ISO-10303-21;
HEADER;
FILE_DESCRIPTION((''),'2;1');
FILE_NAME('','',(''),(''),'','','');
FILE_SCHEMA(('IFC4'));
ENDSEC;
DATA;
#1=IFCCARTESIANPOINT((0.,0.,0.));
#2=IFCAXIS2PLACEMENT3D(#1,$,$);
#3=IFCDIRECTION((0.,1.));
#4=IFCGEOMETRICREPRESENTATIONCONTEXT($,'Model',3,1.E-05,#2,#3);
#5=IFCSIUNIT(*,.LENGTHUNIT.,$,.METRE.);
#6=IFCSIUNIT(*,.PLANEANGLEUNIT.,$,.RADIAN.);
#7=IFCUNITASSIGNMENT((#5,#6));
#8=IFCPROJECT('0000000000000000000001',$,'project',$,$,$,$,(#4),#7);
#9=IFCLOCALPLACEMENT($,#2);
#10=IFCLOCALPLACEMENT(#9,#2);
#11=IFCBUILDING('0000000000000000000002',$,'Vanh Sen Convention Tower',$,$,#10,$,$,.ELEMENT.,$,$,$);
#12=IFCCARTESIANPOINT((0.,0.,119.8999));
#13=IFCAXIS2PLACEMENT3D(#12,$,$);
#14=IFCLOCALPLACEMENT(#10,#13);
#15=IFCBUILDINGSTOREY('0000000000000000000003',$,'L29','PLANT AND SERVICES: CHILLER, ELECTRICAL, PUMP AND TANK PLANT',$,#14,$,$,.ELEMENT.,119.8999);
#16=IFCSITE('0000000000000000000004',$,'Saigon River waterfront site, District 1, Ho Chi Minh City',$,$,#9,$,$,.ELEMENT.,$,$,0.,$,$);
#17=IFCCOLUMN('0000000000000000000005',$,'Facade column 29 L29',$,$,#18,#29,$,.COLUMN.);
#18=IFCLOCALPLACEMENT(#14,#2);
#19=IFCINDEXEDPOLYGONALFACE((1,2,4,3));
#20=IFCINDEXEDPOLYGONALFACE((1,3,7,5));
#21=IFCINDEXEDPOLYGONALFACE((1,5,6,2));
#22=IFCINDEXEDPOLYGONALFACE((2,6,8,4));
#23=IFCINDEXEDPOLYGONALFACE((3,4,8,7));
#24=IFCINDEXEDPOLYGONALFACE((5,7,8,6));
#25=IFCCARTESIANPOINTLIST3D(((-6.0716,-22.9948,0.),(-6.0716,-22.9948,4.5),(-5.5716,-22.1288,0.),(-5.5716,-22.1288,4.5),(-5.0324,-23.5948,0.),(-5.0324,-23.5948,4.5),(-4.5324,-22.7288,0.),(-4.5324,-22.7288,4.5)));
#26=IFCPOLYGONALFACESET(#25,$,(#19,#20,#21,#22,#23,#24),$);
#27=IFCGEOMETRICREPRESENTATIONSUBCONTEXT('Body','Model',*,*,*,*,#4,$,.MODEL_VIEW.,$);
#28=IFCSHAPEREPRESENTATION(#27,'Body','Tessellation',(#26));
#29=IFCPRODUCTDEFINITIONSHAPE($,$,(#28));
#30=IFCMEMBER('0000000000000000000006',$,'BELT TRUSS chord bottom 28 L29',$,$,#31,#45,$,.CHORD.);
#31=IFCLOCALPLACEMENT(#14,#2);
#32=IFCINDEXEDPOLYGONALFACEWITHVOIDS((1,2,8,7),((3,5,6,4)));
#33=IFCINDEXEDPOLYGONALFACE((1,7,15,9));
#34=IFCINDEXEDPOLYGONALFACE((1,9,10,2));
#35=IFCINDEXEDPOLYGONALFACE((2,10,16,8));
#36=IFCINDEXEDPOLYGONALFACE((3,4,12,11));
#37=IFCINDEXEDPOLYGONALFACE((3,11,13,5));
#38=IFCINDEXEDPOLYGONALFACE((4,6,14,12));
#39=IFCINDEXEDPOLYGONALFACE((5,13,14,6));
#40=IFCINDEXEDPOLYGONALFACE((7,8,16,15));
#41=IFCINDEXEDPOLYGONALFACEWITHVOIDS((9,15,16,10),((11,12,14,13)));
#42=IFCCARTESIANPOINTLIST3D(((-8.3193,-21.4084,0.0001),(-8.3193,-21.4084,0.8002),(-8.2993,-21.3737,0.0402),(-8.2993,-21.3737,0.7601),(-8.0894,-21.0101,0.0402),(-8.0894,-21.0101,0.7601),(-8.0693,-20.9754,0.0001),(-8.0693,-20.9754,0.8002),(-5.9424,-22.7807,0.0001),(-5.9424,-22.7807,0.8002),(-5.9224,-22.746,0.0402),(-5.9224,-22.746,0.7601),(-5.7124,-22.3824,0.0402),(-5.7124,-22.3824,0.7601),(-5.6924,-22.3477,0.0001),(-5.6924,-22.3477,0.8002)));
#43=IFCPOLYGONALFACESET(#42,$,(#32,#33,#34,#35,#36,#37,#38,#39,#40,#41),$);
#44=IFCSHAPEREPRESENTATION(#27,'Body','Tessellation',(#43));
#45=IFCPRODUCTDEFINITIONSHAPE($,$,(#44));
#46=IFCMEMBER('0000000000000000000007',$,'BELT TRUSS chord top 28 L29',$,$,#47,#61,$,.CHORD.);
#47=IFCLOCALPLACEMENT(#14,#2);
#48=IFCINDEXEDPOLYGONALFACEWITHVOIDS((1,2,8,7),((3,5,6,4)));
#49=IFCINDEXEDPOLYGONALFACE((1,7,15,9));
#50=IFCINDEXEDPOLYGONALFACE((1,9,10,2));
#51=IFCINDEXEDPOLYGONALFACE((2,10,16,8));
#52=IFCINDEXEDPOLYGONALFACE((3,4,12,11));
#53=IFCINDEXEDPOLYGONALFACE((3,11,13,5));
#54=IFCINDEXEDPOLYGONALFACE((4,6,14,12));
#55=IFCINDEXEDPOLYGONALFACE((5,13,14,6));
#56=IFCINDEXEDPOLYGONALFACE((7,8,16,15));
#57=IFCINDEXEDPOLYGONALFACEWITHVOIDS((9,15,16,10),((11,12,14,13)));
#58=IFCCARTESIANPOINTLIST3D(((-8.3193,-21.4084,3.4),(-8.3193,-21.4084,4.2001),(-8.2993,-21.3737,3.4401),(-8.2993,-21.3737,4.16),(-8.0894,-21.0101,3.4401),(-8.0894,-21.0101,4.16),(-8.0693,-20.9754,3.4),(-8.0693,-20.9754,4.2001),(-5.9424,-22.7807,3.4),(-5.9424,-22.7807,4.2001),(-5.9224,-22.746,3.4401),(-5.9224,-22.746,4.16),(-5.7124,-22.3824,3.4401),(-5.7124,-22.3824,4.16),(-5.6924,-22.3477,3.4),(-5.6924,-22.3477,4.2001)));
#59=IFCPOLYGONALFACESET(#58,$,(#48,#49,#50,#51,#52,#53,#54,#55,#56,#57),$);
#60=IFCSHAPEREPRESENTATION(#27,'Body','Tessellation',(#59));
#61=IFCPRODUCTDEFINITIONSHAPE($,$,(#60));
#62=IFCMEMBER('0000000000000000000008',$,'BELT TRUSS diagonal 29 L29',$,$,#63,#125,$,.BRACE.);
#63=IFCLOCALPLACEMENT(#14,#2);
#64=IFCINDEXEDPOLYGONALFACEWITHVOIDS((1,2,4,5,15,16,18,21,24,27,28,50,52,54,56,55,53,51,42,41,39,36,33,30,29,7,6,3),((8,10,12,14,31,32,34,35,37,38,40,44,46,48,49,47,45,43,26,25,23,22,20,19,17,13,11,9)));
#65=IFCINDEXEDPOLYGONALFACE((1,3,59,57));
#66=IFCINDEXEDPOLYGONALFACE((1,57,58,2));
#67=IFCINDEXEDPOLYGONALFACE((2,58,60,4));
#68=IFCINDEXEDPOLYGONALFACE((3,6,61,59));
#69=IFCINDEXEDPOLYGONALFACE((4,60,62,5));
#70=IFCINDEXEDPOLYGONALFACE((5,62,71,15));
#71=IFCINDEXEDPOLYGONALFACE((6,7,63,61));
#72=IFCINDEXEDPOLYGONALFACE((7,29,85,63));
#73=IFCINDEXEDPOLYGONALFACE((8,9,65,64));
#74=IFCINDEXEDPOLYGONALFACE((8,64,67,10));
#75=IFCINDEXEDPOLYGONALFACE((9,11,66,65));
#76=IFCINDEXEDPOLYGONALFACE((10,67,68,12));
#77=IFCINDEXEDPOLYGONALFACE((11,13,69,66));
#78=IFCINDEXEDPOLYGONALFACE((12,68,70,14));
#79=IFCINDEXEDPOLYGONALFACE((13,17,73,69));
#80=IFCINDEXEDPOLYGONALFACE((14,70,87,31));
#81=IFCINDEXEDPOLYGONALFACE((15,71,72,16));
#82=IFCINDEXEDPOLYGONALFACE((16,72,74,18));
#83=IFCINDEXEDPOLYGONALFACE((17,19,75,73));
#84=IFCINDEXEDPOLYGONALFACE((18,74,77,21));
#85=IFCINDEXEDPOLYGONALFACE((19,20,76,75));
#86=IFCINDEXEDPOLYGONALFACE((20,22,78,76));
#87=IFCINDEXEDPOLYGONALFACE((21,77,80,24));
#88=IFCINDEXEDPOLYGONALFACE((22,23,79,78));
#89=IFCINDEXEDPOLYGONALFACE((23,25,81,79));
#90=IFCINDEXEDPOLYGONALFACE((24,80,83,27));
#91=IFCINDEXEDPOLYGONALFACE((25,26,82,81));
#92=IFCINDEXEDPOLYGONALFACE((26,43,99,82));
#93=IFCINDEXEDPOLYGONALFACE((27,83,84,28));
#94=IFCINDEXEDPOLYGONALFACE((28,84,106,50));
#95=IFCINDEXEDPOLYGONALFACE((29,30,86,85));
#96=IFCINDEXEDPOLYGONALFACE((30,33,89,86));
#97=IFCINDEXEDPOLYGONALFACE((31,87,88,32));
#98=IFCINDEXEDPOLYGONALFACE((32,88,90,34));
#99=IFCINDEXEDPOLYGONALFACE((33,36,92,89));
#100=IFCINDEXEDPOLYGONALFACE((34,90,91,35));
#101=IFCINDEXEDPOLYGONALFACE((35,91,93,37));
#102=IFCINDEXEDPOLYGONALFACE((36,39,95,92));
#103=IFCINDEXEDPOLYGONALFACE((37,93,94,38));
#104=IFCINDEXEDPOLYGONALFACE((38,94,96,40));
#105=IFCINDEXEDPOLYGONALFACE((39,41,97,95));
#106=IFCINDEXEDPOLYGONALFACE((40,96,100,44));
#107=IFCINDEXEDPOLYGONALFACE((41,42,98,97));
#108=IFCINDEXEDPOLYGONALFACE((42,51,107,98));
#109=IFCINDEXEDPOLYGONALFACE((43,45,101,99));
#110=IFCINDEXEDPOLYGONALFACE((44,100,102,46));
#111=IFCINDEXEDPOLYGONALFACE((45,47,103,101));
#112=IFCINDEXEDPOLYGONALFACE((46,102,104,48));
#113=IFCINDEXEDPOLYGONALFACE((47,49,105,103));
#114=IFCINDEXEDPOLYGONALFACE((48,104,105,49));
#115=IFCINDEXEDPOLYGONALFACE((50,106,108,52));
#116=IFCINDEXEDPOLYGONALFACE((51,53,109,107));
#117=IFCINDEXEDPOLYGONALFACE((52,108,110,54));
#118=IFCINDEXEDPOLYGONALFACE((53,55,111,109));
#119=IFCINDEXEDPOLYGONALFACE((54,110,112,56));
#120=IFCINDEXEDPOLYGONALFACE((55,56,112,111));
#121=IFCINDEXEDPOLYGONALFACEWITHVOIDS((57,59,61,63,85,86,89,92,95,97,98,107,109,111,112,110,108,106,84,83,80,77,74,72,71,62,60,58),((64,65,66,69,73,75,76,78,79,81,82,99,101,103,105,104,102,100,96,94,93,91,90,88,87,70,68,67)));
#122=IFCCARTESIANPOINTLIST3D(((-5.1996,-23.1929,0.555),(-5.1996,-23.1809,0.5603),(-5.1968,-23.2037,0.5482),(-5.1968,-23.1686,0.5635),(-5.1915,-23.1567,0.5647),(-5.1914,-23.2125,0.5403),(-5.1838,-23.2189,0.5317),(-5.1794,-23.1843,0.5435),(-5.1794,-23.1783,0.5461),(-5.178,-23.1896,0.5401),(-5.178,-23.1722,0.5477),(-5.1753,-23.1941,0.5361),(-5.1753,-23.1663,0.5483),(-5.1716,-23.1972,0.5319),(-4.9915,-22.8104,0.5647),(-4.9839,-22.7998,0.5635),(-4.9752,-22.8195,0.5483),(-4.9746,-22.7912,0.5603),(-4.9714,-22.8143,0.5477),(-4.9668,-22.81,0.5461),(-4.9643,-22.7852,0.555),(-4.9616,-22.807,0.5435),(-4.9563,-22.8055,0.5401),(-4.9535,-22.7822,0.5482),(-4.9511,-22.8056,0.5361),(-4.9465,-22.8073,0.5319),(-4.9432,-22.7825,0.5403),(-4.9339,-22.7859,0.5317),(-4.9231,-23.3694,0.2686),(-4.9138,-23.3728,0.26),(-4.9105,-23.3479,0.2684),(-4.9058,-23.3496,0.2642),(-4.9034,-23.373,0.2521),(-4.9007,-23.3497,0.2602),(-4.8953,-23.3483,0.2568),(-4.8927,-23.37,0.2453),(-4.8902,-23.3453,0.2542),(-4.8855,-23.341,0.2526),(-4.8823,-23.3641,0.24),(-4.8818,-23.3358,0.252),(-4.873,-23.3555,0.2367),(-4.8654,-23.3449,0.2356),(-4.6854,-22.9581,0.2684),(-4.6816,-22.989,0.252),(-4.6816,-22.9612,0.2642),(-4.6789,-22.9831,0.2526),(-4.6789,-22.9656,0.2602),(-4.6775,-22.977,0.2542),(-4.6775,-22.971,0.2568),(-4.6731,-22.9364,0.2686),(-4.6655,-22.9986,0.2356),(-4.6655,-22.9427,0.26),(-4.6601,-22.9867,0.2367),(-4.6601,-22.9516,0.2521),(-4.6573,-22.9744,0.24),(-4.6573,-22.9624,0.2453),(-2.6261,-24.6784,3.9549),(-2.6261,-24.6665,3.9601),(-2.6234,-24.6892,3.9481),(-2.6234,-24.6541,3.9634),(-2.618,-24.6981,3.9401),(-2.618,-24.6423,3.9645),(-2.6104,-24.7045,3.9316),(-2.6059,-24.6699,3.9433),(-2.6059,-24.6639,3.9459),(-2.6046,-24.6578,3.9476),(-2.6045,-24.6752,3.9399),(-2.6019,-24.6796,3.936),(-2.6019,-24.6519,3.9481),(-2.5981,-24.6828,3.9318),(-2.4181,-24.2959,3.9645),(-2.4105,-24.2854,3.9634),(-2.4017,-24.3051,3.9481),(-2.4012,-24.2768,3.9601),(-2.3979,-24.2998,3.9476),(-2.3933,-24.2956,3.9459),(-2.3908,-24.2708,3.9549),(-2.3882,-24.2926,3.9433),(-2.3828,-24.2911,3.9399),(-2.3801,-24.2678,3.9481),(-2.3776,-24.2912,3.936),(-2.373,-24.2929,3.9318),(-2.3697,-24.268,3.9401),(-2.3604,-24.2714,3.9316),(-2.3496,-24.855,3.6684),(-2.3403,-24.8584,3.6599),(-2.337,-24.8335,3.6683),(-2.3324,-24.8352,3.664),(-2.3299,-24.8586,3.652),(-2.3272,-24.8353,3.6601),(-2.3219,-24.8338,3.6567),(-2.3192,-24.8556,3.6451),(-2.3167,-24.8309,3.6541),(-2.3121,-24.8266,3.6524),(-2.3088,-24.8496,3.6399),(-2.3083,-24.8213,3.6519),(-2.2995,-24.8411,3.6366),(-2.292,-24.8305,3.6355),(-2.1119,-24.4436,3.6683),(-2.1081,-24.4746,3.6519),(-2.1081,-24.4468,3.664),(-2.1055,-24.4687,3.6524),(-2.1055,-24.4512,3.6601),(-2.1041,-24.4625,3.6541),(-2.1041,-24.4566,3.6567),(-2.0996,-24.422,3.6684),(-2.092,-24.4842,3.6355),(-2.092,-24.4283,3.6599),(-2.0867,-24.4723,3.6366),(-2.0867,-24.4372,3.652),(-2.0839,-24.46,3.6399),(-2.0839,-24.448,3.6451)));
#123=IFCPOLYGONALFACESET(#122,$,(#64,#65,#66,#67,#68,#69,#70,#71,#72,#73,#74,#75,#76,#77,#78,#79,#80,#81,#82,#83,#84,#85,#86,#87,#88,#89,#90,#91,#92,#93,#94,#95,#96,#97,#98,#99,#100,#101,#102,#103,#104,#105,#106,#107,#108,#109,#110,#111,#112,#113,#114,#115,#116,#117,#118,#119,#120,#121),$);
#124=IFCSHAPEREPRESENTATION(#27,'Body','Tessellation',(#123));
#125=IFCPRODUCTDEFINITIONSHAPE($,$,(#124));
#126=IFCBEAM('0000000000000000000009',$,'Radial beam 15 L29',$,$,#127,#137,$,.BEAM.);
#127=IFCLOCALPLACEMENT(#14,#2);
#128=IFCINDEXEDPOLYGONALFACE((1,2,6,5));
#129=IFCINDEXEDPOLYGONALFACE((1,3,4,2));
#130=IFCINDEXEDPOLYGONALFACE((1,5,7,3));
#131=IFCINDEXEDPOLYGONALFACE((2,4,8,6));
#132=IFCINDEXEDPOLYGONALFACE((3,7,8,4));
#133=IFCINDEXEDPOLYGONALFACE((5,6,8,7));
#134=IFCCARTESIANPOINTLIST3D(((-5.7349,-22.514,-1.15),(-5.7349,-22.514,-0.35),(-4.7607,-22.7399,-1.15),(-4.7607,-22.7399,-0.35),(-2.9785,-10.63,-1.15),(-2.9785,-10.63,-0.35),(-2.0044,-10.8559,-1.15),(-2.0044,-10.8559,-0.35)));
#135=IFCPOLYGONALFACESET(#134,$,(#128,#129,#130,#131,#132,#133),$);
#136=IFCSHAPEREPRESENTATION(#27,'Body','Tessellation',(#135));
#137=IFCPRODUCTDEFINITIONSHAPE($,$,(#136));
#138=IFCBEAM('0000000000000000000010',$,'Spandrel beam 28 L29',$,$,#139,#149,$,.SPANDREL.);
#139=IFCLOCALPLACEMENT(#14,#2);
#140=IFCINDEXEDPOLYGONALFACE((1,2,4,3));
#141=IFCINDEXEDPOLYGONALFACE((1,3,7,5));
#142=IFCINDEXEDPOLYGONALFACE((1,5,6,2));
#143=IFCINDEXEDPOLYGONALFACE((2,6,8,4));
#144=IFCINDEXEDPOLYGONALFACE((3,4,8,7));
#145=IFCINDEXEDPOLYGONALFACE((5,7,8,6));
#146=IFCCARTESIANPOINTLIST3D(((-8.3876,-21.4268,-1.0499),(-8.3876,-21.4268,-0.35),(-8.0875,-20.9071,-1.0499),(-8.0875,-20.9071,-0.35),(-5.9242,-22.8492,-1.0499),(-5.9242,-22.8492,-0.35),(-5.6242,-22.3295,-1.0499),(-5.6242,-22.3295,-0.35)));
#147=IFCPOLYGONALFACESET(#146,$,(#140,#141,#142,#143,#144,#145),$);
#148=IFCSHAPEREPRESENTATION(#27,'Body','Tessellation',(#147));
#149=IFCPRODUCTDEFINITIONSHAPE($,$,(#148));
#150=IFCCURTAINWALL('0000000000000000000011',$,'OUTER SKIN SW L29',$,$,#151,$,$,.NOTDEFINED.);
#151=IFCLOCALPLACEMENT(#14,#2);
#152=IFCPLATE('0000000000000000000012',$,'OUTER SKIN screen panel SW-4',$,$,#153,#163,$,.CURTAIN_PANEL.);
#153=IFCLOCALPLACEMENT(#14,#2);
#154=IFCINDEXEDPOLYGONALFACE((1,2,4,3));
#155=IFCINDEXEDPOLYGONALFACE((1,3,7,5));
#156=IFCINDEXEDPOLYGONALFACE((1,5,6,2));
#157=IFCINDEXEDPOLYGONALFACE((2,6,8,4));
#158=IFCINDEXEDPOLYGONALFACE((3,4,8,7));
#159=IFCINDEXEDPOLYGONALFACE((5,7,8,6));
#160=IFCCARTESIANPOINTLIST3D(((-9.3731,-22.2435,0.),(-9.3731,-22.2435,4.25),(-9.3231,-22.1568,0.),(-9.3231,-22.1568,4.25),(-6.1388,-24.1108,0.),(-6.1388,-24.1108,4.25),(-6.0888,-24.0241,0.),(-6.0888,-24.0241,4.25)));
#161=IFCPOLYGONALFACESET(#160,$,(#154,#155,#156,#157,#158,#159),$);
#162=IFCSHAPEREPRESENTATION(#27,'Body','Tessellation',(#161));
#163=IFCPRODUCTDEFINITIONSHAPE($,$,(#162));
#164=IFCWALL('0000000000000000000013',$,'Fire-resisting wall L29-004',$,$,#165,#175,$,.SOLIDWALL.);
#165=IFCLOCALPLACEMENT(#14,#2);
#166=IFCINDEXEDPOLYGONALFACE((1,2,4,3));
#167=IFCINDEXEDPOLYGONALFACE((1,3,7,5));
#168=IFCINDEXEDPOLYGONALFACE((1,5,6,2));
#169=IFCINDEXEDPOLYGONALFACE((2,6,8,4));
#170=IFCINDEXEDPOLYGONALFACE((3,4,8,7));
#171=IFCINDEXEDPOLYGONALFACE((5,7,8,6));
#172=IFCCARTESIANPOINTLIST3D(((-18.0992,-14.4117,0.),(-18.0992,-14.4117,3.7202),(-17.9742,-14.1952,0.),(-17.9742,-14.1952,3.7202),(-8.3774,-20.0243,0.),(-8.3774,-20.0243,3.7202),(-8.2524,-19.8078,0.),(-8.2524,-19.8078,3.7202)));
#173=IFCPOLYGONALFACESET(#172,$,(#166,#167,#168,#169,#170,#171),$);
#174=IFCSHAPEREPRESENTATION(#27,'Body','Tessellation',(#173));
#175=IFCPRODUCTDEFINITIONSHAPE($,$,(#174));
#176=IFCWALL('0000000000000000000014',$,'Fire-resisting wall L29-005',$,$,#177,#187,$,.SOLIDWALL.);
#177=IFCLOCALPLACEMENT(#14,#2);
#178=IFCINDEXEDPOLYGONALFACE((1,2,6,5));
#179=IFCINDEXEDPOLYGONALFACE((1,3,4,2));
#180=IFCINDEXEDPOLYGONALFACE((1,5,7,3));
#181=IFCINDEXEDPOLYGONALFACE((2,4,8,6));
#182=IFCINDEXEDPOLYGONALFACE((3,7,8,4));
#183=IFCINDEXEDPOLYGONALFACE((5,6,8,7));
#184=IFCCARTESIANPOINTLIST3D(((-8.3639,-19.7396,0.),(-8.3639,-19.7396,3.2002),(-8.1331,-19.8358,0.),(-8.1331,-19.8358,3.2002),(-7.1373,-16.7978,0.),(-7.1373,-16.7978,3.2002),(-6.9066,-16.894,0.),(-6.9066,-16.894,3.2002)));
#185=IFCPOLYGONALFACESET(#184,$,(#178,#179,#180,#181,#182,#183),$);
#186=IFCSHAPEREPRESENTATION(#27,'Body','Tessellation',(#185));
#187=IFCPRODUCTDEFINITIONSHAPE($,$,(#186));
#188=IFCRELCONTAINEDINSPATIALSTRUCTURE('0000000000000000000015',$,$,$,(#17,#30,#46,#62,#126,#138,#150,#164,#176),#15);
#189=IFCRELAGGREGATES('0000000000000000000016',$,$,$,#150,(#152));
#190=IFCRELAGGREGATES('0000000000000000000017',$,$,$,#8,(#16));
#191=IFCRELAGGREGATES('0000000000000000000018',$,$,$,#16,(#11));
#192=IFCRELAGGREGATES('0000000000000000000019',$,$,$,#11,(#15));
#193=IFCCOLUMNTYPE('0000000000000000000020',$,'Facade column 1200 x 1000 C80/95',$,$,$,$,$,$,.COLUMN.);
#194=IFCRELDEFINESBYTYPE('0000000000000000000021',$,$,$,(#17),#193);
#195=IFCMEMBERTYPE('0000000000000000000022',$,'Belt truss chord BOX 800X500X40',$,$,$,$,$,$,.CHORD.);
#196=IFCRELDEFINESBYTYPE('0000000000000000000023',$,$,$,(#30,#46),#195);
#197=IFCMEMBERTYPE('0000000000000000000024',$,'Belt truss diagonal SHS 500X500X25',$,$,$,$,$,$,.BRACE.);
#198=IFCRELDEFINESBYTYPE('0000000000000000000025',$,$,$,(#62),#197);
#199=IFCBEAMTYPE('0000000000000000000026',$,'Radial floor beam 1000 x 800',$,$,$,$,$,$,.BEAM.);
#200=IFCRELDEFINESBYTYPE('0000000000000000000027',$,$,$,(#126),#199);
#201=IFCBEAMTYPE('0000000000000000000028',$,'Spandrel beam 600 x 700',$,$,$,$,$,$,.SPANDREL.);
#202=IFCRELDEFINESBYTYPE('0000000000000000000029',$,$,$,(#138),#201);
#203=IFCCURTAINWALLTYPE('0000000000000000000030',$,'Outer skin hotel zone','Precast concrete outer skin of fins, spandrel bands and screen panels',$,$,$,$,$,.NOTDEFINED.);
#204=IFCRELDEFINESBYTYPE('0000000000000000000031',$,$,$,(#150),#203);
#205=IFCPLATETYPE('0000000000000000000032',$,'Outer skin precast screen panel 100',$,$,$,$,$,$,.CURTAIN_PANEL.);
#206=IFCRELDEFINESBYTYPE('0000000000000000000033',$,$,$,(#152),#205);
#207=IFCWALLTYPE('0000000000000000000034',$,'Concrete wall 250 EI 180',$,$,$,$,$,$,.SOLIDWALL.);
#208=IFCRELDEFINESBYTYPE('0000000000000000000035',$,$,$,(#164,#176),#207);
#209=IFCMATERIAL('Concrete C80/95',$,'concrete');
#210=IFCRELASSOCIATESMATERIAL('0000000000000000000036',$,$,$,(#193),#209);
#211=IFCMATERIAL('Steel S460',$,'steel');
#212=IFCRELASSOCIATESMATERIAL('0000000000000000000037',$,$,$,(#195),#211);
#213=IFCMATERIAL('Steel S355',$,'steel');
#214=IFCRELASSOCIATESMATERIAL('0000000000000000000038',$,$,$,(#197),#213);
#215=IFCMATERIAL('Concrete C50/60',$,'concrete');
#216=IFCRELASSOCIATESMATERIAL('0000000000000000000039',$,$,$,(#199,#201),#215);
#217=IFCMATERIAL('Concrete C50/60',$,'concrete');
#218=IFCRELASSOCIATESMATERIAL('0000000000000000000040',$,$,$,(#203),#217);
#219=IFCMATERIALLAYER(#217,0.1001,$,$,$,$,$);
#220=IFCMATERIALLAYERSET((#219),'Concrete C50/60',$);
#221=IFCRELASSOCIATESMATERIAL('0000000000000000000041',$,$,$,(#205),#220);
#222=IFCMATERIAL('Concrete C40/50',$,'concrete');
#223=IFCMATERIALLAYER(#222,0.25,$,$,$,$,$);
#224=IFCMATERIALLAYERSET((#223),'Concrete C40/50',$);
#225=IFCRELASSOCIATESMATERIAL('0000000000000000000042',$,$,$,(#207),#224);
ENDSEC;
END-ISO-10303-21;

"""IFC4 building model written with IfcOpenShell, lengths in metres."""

from ifc_helpers import new_model, si_unit, direction, frame, frame_2d, origin, origin_2d, place, context, subcontext, project, spatial, rectangle, hollow_rectangle, extrude, material, layer, layer_set, material_profile, profile_set, type_object, element, aggregate, save


model = new_model("IFC4")

# Units and contexts
model_context = context("Model", 3, precision=1e-05, world=origin(), true_north=direction((0.0, 1.0)))
body_context = subcontext(model_context, "Body", "Model", "MODEL_VIEW")
ifc_project = project(units=[si_unit("LENGTHUNIT", "METRE"), si_unit("PLANEANGLEUNIT", "RADIAN")], contexts=[model_context])

# Site, building, storey
site_placement = place(None, origin())
site = spatial("IfcSite", under=ifc_project, at=site_placement, Name="Saigon River waterfront site, District 1, Ho Chi Minh City", CompositionType="ELEMENT", RefElevation=0.0)
building_placement = place(site_placement, origin())
building = spatial("IfcBuilding", under=site, at=building_placement, Name="Vanh Sen Convention Tower", CompositionType="ELEMENT")
storey_placement = place(building_placement, frame((0.0, 0.0, 119.8999)))
storey = spatial("IfcBuildingStorey", under=building, at=storey_placement, Name="L29", Description="PLANT AND SERVICES: CHILLER, ELECTRICAL, PUMP AND TANK PLANT", CompositionType="ELEMENT", Elevation=119.8999)

# Column
ifc_material_1 = material(Name="Concrete C80/95", Category="concrete")
ifc_material_profile_1 = material_profile(ifc_material_1, rectangle(XDim=1.2, YDim=1.0, at=origin_2d()), Name="RC 1200X1000")
ifc_profile_set_1 = profile_set([ifc_material_profile_1], Name="Concrete C80/95")
column_type = type_object("IfcColumnType", Name="Facade column 1200 x 1000 C80/95", PredefinedType="COLUMN", material=ifc_profile_set_1)
column_placement = place(storey_placement, frame((-5.302, -22.8618, 0.0), z_axis=(0.0, 0.0, 1.0), x_axis=(0.866025, -0.5, 0.0)))
element("IfcColumn", 1, at=column_placement, inside=storey, type_object=column_type, Name="Facade column 29 L29", PredefinedType="COLUMN", context=body_context, shape_type="SweptSolid", body=[
    extrude(rectangle(XDim=1.2, YDim=1.0, at=origin_2d()), origin(), (0.0, 0.0, 1.0), 4.5),
])

# Members
ifc_material_2 = material(Name="Steel S460", Category="steel")
ifc_material_profile_2 = material_profile(ifc_material_2, hollow_rectangle(XDim=0.5, YDim=0.8, WallThickness=0.04, at=origin_2d()), Name="BOX 800X500X40")
ifc_profile_set_2 = profile_set([ifc_material_profile_2], Name="Steel S460")
member_type_1 = type_object("IfcMemberType", Name="Belt truss chord BOX 800X500X40", PredefinedType="CHORD", material=ifc_profile_set_2)
for number, where, z_axis, x_axis, name in (
    (2, (-8.1943, -21.1919, 0.4001), (0.866029, -0.499995, 0.0), (0.499995, 0.866029, 0.0), "BELT TRUSS chord bottom 28 L29"),
    (3, (-8.1943, -21.1919, 3.8), (0.866029, -0.499995, 0.0), (0.499995, 0.866029, 0.0), "BELT TRUSS chord top 28 L29"),
):
    element("IfcMember", number, at=place(storey_placement, frame(where, z_axis=z_axis, x_axis=x_axis)), inside=storey, type_object=member_type_1, Name=name, PredefinedType="CHORD", context=body_context, shape_type="SweptSolid", body=[
        extrude(hollow_rectangle(XDim=0.5, YDim=0.8, WallThickness=0.04, at=origin_2d()), origin(), (0.0, 0.0, 1.0), 2.7446),
    ])
ifc_material_3 = material(Name="Steel S355", Category="steel")
ifc_material_profile_3 = material_profile(ifc_material_3, hollow_rectangle(XDim=0.5, YDim=0.5, WallThickness=0.0249, InnerFilletRadius=0.0249, OuterFilletRadius=0.05, at=origin_2d()), Name="SHS 500X500X25")
ifc_profile_set_3 = profile_set([ifc_material_profile_3], Name="Steel S355")
member_type_2 = type_object("IfcMemberType", Name="Belt truss diagonal SHS 500X500X25", PredefinedType="BRACE", material=ifc_profile_set_3)
member_placement = place(storey_placement, frame((-4.9285, -23.0776, 0.4001), z_axis=(0.569931, -0.329004, 0.752951), x_axis=(0.499948, 0.866056, 0.0)))
element("IfcMember", 4, at=member_placement, inside=storey, type_object=member_type_2, Name="BELT TRUSS diagonal 29 L29", PredefinedType="BRACE", context=body_context, shape_type="SweptSolid", body=[
    extrude(hollow_rectangle(XDim=0.5, YDim=0.5, WallThickness=0.0249, InnerFilletRadius=0.0249, OuterFilletRadius=0.05, at=origin_2d()), origin(), (0.0, 0.0, 1.0), 4.5154),
])

# Beams
ifc_material_4 = material(Name="Concrete C50/60", Category="concrete")
ifc_material_profile_4 = material_profile(ifc_material_4, rectangle(XDim=1.0, YDim=0.8, at=origin_2d()), Name="RC 1000X800")
ifc_profile_set_4 = profile_set([ifc_material_profile_4], Name="Concrete C50/60")
beam_type_1 = type_object("IfcBeamType", Name="Radial floor beam 1000 x 800", PredefinedType="BEAM", material=ifc_profile_set_4)
beam_1_placement = place(storey_placement, frame((-5.2478, -22.627, -0.75), z_axis=(0.225939, 0.974141, 0.0), x_axis=(-0.974141, 0.225939, 0.0)))
element("IfcBeam", 5, at=beam_1_placement, inside=storey, type_object=beam_type_1, Name="Radial beam 15 L29", PredefinedType="BEAM", context=body_context, shape_type="SweptSolid", body=[
    extrude(rectangle(XDim=1.0, YDim=0.8, at=origin_2d()), origin(), (0.0, 0.0, 1.0), 12.1995),
])
ifc_material_profile_5 = material_profile(ifc_material_4, rectangle(XDim=0.6001, YDim=0.7, at=origin_2d()), Name="RC 600X700")
ifc_profile_set_5 = profile_set([ifc_material_profile_5], Name="Concrete C50/60")
beam_type_2 = type_object("IfcBeamType", Name="Spandrel beam 600 x 700", PredefinedType="SPANDREL", material=ifc_profile_set_5)
beam_2_placement = place(storey_placement, frame((-8.2375, -21.167, -0.7), z_axis=(0.866005, -0.500034, 0.0), x_axis=(0.500034, 0.866005, 0.0)))
element("IfcBeam", 6, at=beam_2_placement, inside=storey, type_object=beam_type_2, Name="Spandrel beam 28 L29", PredefinedType="SPANDREL", context=body_context, shape_type="SweptSolid", body=[
    extrude(rectangle(XDim=0.6001, YDim=0.7, at=origin_2d()), origin(), (0.0, 0.0, 1.0), 2.8445),
])

# Curtain wall, plate
ifc_material_5 = material(Name="Concrete C50/60", Category="concrete")
curtain_wall_type = type_object("IfcCurtainWallType", Name="Outer skin hotel zone", Description="Precast concrete outer skin of fins, spandrel bands and screen panels", PredefinedType="NOTDEFINED", material=ifc_material_5)
curtain_wall_placement = place(storey_placement, origin())
curtain_wall = element("IfcCurtainWall", 7, at=curtain_wall_placement, inside=storey, type_object=curtain_wall_type, Name="OUTER SKIN SW L29", PredefinedType="NOTDEFINED")
ifc_layer_1 = layer(ifc_material_5, 0.1001)
ifc_layer_set_1 = layer_set([ifc_layer_1], Name="Concrete C50/60")
plate_type = type_object("IfcPlateType", Name="Outer skin precast screen panel 100", PredefinedType="CURTAIN_PANEL", material=ifc_layer_set_1)
plate_placement = place(storey_placement, frame((-7.731, -23.1338, 0.0), z_axis=(0.0, 0.0, 1.0), x_axis=(0.866028, -0.499995, 0.0)))
plate = element("IfcPlate", 8, at=plate_placement, type_object=plate_type, Name="OUTER SKIN screen panel SW-4", PredefinedType="CURTAIN_PANEL", context=body_context, shape_type="SweptSolid", body=[
    extrude(rectangle(XDim=3.7346, YDim=0.1001, at=origin_2d()), origin(), (0.0, 0.0, 1.0), 4.25),
])
aggregate(curtain_wall, [plate])

# Walls
ifc_material_6 = material(Name="Concrete C40/50", Category="concrete")
ifc_layer_2 = layer(ifc_material_6, 0.25)
ifc_layer_set_2 = layer_set([ifc_layer_2], Name="Concrete C40/50")
wall_type = type_object("IfcWallType", Name="Concrete wall 250 EI 180", PredefinedType="SOLIDWALL", material=ifc_layer_set_2)
wall_1_placement = place(storey_placement, frame((-8.3149, -19.916, 0.0), z_axis=(0.0, 0.0, 1.0), x_axis=(-0.866036, 0.499982, 0.0)))
element("IfcWall", 9, at=wall_1_placement, inside=storey, type_object=wall_type, Name="Fire-resisting wall L29-004", PredefinedType="SOLIDWALL", context=body_context, shape_type="SweptSolid", body=[
    extrude(rectangle(XDim=11.2256, YDim=0.25, at=frame_2d((5.6128, 0.0))), origin(), (0.0, 0.0, 1.0), 3.7202),
])
wall_2_placement = place(storey_placement, frame((-8.2485, -19.7878, 0.0), z_axis=(0.0, 0.0, 1.0), x_axis=(0.384822, 0.922991, 0.0)))
element("IfcWall", 10, at=wall_2_placement, inside=storey, type_object=wall_type, Name="Fire-resisting wall L29-005", PredefinedType="SOLIDWALL", context=body_context, shape_type="SweptSolid", body=[
    extrude(rectangle(XDim=3.1873, YDim=0.25, at=frame_2d((1.5938, 0.0))), origin(), (0.0, 0.0, 1.0), 3.2002),
])

save(model, "model.ifc")
